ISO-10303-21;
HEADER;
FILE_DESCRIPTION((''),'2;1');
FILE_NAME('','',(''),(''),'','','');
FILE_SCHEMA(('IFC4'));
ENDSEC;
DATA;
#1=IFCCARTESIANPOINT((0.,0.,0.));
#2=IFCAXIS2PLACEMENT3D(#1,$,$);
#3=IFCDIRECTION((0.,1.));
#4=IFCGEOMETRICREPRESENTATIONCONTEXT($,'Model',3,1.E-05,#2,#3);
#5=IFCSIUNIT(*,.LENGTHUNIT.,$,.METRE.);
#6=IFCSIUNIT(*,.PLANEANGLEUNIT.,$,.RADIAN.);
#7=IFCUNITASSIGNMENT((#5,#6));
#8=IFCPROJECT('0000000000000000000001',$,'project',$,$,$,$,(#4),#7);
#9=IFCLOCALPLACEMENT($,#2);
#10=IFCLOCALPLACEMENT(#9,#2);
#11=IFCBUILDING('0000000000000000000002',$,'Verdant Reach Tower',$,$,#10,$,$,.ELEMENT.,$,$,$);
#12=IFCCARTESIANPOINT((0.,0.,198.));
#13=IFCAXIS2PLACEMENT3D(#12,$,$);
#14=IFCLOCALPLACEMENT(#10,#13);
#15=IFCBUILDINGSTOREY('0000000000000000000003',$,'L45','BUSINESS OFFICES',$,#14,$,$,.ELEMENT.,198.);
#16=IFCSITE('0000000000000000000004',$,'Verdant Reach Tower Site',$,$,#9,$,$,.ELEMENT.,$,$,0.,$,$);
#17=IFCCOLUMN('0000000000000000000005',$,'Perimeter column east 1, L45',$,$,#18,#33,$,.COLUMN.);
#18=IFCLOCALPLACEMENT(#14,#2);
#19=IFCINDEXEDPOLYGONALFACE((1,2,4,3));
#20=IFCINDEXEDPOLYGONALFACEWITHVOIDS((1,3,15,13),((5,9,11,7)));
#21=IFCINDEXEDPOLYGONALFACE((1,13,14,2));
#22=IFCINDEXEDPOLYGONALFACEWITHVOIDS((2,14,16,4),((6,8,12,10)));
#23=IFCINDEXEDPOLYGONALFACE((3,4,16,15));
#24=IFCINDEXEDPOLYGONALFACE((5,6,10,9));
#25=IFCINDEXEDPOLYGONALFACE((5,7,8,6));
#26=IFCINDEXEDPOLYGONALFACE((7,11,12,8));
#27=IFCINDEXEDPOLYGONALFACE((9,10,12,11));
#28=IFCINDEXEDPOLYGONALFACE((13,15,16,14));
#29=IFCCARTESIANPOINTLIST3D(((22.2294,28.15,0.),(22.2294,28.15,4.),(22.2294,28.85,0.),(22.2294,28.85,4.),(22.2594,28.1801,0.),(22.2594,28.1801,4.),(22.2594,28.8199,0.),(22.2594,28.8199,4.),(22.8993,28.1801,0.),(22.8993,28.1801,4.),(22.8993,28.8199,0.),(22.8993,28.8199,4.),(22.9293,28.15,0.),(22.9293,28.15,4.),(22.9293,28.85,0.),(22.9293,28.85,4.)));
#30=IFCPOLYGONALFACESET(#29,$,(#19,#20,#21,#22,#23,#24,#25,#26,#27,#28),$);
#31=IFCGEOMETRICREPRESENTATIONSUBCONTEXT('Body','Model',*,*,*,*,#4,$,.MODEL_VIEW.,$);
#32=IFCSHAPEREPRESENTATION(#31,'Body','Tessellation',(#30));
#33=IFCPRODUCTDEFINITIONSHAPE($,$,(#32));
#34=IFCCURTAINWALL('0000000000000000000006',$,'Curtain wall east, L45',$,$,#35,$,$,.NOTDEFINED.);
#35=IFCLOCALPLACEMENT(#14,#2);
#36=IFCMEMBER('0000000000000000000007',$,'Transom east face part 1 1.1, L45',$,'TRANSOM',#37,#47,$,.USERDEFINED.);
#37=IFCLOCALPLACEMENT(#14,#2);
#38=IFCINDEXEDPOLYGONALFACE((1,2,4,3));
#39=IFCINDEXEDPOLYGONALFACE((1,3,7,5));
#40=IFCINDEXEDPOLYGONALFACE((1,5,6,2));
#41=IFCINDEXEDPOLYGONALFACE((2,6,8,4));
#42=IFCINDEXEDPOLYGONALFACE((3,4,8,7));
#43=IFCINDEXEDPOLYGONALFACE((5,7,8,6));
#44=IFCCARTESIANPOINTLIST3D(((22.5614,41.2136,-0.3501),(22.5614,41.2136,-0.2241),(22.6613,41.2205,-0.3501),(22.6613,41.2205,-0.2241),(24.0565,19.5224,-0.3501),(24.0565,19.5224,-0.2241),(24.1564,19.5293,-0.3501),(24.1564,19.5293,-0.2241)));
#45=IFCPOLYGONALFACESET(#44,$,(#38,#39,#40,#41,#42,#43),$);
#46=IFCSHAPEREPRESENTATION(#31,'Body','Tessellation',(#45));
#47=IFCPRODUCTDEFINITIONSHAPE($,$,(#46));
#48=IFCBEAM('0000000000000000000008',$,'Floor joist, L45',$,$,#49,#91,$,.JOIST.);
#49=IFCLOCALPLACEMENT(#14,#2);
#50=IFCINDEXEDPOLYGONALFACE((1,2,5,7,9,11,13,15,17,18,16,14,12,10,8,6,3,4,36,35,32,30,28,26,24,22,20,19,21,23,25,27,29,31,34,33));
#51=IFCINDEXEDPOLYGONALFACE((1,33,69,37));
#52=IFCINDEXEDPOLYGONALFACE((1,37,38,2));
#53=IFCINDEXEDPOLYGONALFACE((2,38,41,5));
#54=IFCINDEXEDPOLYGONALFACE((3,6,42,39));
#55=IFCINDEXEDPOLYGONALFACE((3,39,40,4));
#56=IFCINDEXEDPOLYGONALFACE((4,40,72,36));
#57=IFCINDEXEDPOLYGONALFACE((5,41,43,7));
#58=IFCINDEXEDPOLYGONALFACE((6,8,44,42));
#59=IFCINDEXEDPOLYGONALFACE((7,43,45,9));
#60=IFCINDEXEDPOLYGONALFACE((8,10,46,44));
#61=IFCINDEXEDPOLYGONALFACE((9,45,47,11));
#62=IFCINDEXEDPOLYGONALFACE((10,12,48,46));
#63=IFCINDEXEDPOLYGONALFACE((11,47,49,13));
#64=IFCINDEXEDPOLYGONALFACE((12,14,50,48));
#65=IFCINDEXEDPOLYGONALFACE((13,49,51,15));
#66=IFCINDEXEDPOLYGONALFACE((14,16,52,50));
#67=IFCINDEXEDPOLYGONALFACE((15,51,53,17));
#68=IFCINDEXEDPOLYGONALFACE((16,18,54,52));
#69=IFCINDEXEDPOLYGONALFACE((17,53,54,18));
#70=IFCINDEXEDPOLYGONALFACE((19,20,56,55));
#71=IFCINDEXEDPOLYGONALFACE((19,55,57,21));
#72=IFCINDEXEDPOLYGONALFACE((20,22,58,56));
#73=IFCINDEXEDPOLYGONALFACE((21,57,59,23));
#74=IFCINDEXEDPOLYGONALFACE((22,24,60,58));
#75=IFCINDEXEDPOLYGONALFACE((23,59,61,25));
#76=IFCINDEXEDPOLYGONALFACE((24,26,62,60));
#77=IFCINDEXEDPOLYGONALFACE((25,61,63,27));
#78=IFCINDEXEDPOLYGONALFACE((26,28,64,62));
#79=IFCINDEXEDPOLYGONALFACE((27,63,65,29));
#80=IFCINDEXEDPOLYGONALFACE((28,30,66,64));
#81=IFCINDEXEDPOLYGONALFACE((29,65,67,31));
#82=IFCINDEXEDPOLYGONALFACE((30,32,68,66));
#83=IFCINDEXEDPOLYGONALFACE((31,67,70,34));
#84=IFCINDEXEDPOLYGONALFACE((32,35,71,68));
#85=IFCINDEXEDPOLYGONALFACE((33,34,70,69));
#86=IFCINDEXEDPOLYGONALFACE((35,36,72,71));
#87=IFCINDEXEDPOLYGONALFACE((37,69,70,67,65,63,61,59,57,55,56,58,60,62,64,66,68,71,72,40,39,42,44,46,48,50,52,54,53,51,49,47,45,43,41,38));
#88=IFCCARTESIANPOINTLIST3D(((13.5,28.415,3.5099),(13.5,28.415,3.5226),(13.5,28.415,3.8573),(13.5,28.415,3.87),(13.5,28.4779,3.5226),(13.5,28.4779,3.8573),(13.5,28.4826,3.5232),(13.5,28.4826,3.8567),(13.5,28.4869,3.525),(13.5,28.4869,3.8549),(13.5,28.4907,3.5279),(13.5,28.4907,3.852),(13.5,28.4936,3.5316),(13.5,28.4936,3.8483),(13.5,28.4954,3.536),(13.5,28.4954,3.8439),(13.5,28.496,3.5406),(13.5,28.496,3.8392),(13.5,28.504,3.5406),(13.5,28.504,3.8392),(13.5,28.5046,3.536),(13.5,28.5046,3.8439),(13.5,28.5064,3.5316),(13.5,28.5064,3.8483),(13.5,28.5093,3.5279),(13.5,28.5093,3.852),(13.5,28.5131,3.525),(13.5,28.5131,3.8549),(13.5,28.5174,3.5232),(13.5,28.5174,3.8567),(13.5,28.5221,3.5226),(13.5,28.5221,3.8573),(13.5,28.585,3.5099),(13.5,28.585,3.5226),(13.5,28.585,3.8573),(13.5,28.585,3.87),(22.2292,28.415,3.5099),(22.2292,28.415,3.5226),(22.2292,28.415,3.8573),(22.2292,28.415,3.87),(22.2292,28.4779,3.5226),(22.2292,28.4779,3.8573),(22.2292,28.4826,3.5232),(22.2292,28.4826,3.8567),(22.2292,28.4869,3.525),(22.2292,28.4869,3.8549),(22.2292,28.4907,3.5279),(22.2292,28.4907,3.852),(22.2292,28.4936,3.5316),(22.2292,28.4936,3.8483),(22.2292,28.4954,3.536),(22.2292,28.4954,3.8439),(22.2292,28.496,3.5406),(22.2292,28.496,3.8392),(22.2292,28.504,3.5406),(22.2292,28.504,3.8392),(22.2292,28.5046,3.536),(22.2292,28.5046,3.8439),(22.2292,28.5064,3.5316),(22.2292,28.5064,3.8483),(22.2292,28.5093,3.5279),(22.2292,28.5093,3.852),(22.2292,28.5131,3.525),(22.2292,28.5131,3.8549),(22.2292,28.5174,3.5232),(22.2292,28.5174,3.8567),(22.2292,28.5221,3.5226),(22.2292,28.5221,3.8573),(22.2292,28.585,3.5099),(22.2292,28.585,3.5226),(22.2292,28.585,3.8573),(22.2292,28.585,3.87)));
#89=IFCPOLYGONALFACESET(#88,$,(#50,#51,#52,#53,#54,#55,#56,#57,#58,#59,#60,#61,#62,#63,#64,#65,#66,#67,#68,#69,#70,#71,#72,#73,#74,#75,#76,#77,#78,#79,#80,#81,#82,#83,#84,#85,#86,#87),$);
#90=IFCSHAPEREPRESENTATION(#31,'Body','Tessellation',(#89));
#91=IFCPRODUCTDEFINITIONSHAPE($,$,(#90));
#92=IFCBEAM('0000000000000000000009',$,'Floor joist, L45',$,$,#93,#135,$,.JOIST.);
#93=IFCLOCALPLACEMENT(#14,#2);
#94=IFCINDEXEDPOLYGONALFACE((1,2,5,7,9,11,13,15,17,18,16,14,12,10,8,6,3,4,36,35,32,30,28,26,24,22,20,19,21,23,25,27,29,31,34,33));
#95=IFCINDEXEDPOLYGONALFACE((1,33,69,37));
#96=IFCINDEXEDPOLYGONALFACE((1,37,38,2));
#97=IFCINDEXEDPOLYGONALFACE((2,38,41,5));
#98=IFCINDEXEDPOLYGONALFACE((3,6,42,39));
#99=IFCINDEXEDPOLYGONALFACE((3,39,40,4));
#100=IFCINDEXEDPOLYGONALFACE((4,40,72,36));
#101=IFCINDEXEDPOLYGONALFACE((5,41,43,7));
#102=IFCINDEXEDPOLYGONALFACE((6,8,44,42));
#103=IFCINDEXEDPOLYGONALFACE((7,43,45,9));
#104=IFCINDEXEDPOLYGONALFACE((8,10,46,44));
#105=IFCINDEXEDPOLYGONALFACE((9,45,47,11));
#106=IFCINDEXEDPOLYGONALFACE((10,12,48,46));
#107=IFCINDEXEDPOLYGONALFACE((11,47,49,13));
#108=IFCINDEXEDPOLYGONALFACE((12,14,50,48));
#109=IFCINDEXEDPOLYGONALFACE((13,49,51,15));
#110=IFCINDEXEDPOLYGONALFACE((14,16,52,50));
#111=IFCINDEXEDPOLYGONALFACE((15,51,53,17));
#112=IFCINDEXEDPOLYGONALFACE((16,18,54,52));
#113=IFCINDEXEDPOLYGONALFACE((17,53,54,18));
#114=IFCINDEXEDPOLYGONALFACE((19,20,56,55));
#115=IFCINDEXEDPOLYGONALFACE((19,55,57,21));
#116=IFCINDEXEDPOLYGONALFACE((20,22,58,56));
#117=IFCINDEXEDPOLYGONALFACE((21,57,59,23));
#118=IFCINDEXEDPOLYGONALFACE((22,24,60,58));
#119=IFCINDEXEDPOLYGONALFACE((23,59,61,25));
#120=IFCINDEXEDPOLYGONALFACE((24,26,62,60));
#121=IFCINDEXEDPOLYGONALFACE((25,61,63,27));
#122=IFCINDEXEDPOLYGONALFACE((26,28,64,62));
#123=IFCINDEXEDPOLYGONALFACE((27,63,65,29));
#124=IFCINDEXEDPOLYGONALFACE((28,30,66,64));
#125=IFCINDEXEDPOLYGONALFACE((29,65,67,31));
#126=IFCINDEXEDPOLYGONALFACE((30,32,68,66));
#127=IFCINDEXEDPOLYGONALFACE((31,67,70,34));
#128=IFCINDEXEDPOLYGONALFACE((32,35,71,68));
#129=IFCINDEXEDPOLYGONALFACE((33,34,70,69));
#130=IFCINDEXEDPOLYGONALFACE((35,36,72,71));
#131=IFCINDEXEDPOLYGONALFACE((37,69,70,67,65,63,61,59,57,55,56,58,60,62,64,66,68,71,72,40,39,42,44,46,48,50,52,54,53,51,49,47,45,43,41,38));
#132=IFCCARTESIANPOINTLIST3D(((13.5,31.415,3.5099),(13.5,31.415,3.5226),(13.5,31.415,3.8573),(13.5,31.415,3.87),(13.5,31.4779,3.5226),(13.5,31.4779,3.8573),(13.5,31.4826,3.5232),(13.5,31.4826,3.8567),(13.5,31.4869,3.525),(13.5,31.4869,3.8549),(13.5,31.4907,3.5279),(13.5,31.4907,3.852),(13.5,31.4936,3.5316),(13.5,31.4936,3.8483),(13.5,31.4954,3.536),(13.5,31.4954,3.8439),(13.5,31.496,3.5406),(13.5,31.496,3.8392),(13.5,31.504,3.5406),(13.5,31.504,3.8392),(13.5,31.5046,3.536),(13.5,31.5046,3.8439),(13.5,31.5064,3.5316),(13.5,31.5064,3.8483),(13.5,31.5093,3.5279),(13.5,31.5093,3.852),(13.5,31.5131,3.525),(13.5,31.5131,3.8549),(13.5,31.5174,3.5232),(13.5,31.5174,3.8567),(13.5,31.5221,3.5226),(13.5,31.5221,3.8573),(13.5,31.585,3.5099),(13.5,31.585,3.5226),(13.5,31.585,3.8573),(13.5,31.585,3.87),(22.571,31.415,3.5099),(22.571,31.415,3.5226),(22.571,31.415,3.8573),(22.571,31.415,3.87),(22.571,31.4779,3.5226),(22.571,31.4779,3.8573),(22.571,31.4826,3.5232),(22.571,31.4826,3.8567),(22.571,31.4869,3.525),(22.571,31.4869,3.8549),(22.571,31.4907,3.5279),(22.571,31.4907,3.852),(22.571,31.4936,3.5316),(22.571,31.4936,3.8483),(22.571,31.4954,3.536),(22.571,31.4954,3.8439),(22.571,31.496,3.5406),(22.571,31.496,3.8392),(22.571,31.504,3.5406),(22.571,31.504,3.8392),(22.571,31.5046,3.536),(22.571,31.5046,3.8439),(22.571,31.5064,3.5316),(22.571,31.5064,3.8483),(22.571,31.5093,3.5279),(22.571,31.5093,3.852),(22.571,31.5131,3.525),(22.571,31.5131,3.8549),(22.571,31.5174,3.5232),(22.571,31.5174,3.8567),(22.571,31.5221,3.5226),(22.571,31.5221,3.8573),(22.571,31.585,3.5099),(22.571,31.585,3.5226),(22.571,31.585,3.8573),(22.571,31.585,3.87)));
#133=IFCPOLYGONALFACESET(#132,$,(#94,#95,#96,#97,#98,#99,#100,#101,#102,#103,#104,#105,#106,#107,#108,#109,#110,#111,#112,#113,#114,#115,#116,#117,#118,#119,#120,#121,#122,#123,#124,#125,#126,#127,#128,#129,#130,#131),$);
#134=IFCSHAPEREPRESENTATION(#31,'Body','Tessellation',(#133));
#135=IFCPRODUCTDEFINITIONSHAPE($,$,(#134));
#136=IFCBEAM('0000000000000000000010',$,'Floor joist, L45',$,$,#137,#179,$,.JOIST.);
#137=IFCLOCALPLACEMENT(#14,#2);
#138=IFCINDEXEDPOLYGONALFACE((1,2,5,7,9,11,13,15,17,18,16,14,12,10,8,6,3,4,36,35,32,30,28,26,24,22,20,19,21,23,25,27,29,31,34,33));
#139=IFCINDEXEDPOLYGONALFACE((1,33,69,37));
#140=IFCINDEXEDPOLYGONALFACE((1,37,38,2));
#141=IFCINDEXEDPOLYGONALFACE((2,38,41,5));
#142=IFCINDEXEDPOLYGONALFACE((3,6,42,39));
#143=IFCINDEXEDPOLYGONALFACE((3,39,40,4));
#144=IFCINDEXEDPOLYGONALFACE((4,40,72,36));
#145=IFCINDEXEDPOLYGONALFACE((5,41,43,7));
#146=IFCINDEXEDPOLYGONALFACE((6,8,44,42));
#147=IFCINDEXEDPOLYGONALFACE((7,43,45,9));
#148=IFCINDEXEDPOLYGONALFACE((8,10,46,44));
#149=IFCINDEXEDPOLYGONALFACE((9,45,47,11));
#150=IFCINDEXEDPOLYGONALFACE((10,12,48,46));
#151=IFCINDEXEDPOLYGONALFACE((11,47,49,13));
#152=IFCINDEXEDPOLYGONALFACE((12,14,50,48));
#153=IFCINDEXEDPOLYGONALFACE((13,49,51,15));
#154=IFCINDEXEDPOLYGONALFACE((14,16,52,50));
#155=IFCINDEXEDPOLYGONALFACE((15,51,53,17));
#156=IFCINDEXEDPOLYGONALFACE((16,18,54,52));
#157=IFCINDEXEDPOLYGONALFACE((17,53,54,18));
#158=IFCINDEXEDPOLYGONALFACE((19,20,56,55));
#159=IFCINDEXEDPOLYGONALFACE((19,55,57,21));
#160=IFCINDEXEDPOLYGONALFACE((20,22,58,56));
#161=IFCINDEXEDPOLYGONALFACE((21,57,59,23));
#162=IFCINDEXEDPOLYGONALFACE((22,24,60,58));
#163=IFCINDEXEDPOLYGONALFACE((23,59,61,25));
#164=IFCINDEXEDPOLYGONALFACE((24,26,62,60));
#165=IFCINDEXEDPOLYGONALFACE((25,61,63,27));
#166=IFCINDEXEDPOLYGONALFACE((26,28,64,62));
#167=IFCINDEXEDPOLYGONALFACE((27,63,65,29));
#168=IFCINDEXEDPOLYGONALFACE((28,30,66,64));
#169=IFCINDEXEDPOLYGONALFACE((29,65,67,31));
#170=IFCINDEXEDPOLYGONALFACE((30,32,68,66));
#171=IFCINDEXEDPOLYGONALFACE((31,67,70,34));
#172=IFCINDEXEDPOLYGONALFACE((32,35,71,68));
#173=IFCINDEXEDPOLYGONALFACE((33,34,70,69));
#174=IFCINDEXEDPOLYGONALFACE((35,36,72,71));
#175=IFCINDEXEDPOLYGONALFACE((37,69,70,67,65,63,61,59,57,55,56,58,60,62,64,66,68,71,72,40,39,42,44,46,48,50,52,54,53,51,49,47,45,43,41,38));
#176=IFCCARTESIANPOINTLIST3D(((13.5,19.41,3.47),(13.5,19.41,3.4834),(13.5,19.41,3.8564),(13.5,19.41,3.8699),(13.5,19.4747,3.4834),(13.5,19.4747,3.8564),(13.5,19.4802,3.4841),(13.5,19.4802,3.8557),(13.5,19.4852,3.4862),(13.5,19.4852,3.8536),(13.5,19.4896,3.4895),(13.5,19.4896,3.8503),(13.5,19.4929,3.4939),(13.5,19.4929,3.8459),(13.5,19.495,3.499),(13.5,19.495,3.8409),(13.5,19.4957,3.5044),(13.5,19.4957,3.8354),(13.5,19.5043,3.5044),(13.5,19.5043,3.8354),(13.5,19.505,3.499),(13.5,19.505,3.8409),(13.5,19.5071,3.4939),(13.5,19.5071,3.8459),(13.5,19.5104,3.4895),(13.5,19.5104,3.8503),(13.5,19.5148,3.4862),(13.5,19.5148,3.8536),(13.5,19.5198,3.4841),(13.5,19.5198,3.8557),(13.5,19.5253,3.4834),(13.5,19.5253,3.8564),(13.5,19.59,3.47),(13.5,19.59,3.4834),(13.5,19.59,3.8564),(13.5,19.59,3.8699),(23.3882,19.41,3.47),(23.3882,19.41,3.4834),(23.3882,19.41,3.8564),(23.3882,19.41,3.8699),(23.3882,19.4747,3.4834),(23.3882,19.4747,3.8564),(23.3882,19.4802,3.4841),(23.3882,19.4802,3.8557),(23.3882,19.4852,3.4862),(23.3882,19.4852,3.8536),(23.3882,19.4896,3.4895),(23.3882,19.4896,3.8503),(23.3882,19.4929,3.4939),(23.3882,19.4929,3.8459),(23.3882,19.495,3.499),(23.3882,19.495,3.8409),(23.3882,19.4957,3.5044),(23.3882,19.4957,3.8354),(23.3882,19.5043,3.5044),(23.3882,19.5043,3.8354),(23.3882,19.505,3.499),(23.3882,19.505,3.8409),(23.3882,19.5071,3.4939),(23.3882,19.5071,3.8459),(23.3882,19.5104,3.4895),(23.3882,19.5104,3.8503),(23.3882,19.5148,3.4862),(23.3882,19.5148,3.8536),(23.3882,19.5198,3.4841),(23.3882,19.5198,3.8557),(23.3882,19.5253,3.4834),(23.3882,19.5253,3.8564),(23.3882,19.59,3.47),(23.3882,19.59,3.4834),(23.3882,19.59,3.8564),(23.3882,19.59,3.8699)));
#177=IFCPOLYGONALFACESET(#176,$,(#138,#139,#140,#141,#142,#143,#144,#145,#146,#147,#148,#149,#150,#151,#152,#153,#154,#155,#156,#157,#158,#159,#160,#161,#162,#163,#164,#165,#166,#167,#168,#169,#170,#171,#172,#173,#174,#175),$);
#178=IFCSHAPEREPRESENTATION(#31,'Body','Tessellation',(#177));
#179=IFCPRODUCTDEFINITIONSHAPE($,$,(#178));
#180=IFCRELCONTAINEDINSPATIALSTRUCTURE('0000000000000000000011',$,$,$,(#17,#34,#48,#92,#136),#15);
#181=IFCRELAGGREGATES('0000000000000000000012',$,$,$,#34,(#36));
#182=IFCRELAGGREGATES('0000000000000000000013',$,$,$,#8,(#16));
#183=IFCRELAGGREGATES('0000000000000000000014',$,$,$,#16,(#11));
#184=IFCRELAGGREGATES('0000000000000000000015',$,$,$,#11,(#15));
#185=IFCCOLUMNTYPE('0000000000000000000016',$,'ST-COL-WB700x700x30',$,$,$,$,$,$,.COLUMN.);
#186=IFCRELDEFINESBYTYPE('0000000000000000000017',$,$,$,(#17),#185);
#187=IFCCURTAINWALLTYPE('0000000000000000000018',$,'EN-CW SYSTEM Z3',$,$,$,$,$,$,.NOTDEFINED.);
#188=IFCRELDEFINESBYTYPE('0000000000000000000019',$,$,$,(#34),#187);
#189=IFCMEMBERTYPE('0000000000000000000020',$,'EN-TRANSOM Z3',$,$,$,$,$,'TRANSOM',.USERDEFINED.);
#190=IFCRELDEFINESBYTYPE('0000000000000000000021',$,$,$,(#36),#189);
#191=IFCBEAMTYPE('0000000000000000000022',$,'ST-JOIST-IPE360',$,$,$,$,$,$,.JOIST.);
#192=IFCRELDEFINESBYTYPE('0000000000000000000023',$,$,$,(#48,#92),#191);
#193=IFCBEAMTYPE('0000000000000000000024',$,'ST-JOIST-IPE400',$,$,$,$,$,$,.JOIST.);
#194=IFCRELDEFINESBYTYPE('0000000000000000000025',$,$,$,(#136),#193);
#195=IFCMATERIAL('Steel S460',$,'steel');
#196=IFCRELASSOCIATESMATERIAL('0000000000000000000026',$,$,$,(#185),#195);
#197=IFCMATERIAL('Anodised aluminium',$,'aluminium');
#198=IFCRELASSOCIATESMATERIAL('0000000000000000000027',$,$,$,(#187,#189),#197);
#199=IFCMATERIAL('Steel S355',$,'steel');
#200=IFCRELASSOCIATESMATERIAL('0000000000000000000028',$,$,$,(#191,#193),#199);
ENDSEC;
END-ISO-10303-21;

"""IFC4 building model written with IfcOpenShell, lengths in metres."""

from ifc_helpers import new_model, si_unit, direction, frame, origin, origin_2d, place, context, subcontext, project, spatial, rectangle, hollow_rectangle, i_section, extrude, material, material_profile, profile_set, type_object, element, aggregate, save


model = new_model("IFC4")

# Units and contexts
model_context = context("Model", 3, precision=1e-05, world=origin(), true_north=direction((0.0, 1.0)))
body_context = subcontext(model_context, "Body", "Model", "MODEL_VIEW")
ifc_project = project(units=[si_unit("LENGTHUNIT", "METRE"), si_unit("PLANEANGLEUNIT", "RADIAN")], contexts=[model_context])

# Site, building, storey
site_placement = place(None, origin())
site = spatial("IfcSite", under=ifc_project, at=site_placement, Name="Verdant Reach Tower Site", CompositionType="ELEMENT", RefElevation=0.0)
building_placement = place(site_placement, origin())
building = spatial("IfcBuilding", under=site, at=building_placement, Name="Verdant Reach Tower", CompositionType="ELEMENT")
storey_placement = place(building_placement, frame((0.0, 0.0, 198.0)))
storey = spatial("IfcBuildingStorey", under=building, at=storey_placement, Name="L45", Description="BUSINESS OFFICES", CompositionType="ELEMENT", Elevation=198.0)

# Column
ifc_material_1 = material(Name="Steel S460", Category="steel")
ifc_material_profile_1 = material_profile(ifc_material_1, hollow_rectangle(XDim=0.7, YDim=0.7, WallThickness=0.03, at=origin_2d()), Name="WB 700x700x30")
ifc_profile_set_1 = profile_set([ifc_material_profile_1], Name="Steel S460")
column_type = type_object("IfcColumnType", Name="ST-COL-WB700x700x30", PredefinedType="COLUMN", material=ifc_profile_set_1)
column_placement = place(storey_placement, frame((22.5793, 28.5, 0.0), z_axis=(0.0, 0.0, 1.0), x_axis=(1.0, 0.0, 0.0)))
element("IfcColumn", 1, at=column_placement, inside=storey, type_object=column_type, Name="Perimeter column east 1, L45", PredefinedType="COLUMN", context=body_context, shape_type="SweptSolid", body=[
    extrude(hollow_rectangle(XDim=0.7, YDim=0.7, WallThickness=0.03, at=origin_2d()), origin(), (0.0, 0.0, 1.0), 4.0),
])

# Curtain wall, member
ifc_material_2 = material(Name="Anodised aluminium", Category="aluminium")
curtain_wall_type = type_object("IfcCurtainWallType", Name="EN-CW SYSTEM Z3", PredefinedType="NOTDEFINED", material=ifc_material_2)
curtain_wall_placement = place(storey_placement, origin())
curtain_wall = element("IfcCurtainWall", 2, at=curtain_wall_placement, inside=storey, type_object=curtain_wall_type, Name="Curtain wall east, L45", PredefinedType="NOTDEFINED")
ifc_material_profile_2 = material_profile(ifc_material_2, rectangle(XDim=0.1001, YDim=0.126, at=origin_2d()), Name="Transom 126x100")
ifc_profile_set_2 = profile_set([ifc_material_profile_2], Name="Anodised aluminium")
member_type = type_object("IfcMemberType", Name="EN-TRANSOM Z3", ElementType="TRANSOM", PredefinedType="USERDEFINED", material=ifc_profile_set_2)
member_placement = place(storey_placement, frame((24.1064, 19.5259, -0.2871), z_axis=(-0.068764, 0.997633, 0.0), x_axis=(-0.997633, -0.068764, 0.0)))
member = element("IfcMember", 3, at=member_placement, type_object=member_type, Name="Transom east face part 1 1.1, L45", ObjectType="TRANSOM", PredefinedType="USERDEFINED", context=body_context, shape_type="SweptSolid", body=[
    extrude(rectangle(XDim=0.1001, YDim=0.126, at=origin_2d()), origin(), (0.0, 0.0, 1.0), 21.7427),
])

# Beams
ifc_material_3 = material(Name="Steel S355", Category="steel")
ifc_material_profile_3 = material_profile(ifc_material_3, i_section(OverallWidth=0.1699, OverallDepth=0.3601, WebThickness=0.0081, FlangeThickness=0.0127, FilletRadius=0.0181, at=origin_2d()), Name="IPE 360")
ifc_profile_set_3 = profile_set([ifc_material_profile_3], Name="Steel S355")
beam_type_1 = type_object("IfcBeamType", Name="ST-JOIST-IPE360", PredefinedType="JOIST", material=ifc_profile_set_3)
beam_1_placement = place(storey_placement, frame((13.5, 28.5, 3.6899), z_axis=(1.0, 0.0, 0.0), x_axis=(0.0, 1.0, 0.0)))
element("IfcBeam", 4, at=beam_1_placement, inside=storey, type_object=beam_type_1, Name="Floor joist, L45", PredefinedType="JOIST", context=body_context, shape_type="SweptSolid", body=[
    extrude(i_section(OverallWidth=0.1699, OverallDepth=0.3601, WebThickness=0.0081, FlangeThickness=0.0127, FilletRadius=0.0181, at=origin_2d()), origin(), (0.0, 0.0, 1.0), 8.7292),
])
beam_2_placement = place(storey_placement, frame((13.5, 31.5, 3.6899), z_axis=(1.0, 0.0, 0.0), x_axis=(0.0, 1.0, 0.0)))
element("IfcBeam", 5, at=beam_2_placement, inside=storey, type_object=beam_type_1, Name="Floor joist, L45", PredefinedType="JOIST", context=body_context, shape_type="SweptSolid", body=[
    extrude(i_section(OverallWidth=0.1699, OverallDepth=0.3601, WebThickness=0.0081, FlangeThickness=0.0127, FilletRadius=0.0181, at=origin_2d()), origin(), (0.0, 0.0, 1.0), 9.071),
])
ifc_material_profile_4 = material_profile(ifc_material_3, i_section(OverallWidth=0.1799, OverallDepth=0.3999, WebThickness=0.0085, FlangeThickness=0.0134, FilletRadius=0.021, at=origin_2d()), Name="IPE 400")
ifc_profile_set_4 = profile_set([ifc_material_profile_4], Name="Steel S355")
beam_type_2 = type_object("IfcBeamType", Name="ST-JOIST-IPE400", PredefinedType="JOIST", material=ifc_profile_set_4)
beam_3_placement = place(storey_placement, frame((13.5, 19.5, 3.6699), z_axis=(1.0, 0.0, 0.0), x_axis=(0.0, 1.0, 0.0)))
element("IfcBeam", 6, at=beam_3_placement, inside=storey, type_object=beam_type_2, Name="Floor joist, L45", PredefinedType="JOIST", context=body_context, shape_type="SweptSolid", body=[
    extrude(i_section(OverallWidth=0.1799, OverallDepth=0.3999, WebThickness=0.0085, FlangeThickness=0.0134, FilletRadius=0.021, at=origin_2d()), origin(), (0.0, 0.0, 1.0), 9.8882),
])

aggregate(curtain_wall, [member])

save(model, "model.ifc")
